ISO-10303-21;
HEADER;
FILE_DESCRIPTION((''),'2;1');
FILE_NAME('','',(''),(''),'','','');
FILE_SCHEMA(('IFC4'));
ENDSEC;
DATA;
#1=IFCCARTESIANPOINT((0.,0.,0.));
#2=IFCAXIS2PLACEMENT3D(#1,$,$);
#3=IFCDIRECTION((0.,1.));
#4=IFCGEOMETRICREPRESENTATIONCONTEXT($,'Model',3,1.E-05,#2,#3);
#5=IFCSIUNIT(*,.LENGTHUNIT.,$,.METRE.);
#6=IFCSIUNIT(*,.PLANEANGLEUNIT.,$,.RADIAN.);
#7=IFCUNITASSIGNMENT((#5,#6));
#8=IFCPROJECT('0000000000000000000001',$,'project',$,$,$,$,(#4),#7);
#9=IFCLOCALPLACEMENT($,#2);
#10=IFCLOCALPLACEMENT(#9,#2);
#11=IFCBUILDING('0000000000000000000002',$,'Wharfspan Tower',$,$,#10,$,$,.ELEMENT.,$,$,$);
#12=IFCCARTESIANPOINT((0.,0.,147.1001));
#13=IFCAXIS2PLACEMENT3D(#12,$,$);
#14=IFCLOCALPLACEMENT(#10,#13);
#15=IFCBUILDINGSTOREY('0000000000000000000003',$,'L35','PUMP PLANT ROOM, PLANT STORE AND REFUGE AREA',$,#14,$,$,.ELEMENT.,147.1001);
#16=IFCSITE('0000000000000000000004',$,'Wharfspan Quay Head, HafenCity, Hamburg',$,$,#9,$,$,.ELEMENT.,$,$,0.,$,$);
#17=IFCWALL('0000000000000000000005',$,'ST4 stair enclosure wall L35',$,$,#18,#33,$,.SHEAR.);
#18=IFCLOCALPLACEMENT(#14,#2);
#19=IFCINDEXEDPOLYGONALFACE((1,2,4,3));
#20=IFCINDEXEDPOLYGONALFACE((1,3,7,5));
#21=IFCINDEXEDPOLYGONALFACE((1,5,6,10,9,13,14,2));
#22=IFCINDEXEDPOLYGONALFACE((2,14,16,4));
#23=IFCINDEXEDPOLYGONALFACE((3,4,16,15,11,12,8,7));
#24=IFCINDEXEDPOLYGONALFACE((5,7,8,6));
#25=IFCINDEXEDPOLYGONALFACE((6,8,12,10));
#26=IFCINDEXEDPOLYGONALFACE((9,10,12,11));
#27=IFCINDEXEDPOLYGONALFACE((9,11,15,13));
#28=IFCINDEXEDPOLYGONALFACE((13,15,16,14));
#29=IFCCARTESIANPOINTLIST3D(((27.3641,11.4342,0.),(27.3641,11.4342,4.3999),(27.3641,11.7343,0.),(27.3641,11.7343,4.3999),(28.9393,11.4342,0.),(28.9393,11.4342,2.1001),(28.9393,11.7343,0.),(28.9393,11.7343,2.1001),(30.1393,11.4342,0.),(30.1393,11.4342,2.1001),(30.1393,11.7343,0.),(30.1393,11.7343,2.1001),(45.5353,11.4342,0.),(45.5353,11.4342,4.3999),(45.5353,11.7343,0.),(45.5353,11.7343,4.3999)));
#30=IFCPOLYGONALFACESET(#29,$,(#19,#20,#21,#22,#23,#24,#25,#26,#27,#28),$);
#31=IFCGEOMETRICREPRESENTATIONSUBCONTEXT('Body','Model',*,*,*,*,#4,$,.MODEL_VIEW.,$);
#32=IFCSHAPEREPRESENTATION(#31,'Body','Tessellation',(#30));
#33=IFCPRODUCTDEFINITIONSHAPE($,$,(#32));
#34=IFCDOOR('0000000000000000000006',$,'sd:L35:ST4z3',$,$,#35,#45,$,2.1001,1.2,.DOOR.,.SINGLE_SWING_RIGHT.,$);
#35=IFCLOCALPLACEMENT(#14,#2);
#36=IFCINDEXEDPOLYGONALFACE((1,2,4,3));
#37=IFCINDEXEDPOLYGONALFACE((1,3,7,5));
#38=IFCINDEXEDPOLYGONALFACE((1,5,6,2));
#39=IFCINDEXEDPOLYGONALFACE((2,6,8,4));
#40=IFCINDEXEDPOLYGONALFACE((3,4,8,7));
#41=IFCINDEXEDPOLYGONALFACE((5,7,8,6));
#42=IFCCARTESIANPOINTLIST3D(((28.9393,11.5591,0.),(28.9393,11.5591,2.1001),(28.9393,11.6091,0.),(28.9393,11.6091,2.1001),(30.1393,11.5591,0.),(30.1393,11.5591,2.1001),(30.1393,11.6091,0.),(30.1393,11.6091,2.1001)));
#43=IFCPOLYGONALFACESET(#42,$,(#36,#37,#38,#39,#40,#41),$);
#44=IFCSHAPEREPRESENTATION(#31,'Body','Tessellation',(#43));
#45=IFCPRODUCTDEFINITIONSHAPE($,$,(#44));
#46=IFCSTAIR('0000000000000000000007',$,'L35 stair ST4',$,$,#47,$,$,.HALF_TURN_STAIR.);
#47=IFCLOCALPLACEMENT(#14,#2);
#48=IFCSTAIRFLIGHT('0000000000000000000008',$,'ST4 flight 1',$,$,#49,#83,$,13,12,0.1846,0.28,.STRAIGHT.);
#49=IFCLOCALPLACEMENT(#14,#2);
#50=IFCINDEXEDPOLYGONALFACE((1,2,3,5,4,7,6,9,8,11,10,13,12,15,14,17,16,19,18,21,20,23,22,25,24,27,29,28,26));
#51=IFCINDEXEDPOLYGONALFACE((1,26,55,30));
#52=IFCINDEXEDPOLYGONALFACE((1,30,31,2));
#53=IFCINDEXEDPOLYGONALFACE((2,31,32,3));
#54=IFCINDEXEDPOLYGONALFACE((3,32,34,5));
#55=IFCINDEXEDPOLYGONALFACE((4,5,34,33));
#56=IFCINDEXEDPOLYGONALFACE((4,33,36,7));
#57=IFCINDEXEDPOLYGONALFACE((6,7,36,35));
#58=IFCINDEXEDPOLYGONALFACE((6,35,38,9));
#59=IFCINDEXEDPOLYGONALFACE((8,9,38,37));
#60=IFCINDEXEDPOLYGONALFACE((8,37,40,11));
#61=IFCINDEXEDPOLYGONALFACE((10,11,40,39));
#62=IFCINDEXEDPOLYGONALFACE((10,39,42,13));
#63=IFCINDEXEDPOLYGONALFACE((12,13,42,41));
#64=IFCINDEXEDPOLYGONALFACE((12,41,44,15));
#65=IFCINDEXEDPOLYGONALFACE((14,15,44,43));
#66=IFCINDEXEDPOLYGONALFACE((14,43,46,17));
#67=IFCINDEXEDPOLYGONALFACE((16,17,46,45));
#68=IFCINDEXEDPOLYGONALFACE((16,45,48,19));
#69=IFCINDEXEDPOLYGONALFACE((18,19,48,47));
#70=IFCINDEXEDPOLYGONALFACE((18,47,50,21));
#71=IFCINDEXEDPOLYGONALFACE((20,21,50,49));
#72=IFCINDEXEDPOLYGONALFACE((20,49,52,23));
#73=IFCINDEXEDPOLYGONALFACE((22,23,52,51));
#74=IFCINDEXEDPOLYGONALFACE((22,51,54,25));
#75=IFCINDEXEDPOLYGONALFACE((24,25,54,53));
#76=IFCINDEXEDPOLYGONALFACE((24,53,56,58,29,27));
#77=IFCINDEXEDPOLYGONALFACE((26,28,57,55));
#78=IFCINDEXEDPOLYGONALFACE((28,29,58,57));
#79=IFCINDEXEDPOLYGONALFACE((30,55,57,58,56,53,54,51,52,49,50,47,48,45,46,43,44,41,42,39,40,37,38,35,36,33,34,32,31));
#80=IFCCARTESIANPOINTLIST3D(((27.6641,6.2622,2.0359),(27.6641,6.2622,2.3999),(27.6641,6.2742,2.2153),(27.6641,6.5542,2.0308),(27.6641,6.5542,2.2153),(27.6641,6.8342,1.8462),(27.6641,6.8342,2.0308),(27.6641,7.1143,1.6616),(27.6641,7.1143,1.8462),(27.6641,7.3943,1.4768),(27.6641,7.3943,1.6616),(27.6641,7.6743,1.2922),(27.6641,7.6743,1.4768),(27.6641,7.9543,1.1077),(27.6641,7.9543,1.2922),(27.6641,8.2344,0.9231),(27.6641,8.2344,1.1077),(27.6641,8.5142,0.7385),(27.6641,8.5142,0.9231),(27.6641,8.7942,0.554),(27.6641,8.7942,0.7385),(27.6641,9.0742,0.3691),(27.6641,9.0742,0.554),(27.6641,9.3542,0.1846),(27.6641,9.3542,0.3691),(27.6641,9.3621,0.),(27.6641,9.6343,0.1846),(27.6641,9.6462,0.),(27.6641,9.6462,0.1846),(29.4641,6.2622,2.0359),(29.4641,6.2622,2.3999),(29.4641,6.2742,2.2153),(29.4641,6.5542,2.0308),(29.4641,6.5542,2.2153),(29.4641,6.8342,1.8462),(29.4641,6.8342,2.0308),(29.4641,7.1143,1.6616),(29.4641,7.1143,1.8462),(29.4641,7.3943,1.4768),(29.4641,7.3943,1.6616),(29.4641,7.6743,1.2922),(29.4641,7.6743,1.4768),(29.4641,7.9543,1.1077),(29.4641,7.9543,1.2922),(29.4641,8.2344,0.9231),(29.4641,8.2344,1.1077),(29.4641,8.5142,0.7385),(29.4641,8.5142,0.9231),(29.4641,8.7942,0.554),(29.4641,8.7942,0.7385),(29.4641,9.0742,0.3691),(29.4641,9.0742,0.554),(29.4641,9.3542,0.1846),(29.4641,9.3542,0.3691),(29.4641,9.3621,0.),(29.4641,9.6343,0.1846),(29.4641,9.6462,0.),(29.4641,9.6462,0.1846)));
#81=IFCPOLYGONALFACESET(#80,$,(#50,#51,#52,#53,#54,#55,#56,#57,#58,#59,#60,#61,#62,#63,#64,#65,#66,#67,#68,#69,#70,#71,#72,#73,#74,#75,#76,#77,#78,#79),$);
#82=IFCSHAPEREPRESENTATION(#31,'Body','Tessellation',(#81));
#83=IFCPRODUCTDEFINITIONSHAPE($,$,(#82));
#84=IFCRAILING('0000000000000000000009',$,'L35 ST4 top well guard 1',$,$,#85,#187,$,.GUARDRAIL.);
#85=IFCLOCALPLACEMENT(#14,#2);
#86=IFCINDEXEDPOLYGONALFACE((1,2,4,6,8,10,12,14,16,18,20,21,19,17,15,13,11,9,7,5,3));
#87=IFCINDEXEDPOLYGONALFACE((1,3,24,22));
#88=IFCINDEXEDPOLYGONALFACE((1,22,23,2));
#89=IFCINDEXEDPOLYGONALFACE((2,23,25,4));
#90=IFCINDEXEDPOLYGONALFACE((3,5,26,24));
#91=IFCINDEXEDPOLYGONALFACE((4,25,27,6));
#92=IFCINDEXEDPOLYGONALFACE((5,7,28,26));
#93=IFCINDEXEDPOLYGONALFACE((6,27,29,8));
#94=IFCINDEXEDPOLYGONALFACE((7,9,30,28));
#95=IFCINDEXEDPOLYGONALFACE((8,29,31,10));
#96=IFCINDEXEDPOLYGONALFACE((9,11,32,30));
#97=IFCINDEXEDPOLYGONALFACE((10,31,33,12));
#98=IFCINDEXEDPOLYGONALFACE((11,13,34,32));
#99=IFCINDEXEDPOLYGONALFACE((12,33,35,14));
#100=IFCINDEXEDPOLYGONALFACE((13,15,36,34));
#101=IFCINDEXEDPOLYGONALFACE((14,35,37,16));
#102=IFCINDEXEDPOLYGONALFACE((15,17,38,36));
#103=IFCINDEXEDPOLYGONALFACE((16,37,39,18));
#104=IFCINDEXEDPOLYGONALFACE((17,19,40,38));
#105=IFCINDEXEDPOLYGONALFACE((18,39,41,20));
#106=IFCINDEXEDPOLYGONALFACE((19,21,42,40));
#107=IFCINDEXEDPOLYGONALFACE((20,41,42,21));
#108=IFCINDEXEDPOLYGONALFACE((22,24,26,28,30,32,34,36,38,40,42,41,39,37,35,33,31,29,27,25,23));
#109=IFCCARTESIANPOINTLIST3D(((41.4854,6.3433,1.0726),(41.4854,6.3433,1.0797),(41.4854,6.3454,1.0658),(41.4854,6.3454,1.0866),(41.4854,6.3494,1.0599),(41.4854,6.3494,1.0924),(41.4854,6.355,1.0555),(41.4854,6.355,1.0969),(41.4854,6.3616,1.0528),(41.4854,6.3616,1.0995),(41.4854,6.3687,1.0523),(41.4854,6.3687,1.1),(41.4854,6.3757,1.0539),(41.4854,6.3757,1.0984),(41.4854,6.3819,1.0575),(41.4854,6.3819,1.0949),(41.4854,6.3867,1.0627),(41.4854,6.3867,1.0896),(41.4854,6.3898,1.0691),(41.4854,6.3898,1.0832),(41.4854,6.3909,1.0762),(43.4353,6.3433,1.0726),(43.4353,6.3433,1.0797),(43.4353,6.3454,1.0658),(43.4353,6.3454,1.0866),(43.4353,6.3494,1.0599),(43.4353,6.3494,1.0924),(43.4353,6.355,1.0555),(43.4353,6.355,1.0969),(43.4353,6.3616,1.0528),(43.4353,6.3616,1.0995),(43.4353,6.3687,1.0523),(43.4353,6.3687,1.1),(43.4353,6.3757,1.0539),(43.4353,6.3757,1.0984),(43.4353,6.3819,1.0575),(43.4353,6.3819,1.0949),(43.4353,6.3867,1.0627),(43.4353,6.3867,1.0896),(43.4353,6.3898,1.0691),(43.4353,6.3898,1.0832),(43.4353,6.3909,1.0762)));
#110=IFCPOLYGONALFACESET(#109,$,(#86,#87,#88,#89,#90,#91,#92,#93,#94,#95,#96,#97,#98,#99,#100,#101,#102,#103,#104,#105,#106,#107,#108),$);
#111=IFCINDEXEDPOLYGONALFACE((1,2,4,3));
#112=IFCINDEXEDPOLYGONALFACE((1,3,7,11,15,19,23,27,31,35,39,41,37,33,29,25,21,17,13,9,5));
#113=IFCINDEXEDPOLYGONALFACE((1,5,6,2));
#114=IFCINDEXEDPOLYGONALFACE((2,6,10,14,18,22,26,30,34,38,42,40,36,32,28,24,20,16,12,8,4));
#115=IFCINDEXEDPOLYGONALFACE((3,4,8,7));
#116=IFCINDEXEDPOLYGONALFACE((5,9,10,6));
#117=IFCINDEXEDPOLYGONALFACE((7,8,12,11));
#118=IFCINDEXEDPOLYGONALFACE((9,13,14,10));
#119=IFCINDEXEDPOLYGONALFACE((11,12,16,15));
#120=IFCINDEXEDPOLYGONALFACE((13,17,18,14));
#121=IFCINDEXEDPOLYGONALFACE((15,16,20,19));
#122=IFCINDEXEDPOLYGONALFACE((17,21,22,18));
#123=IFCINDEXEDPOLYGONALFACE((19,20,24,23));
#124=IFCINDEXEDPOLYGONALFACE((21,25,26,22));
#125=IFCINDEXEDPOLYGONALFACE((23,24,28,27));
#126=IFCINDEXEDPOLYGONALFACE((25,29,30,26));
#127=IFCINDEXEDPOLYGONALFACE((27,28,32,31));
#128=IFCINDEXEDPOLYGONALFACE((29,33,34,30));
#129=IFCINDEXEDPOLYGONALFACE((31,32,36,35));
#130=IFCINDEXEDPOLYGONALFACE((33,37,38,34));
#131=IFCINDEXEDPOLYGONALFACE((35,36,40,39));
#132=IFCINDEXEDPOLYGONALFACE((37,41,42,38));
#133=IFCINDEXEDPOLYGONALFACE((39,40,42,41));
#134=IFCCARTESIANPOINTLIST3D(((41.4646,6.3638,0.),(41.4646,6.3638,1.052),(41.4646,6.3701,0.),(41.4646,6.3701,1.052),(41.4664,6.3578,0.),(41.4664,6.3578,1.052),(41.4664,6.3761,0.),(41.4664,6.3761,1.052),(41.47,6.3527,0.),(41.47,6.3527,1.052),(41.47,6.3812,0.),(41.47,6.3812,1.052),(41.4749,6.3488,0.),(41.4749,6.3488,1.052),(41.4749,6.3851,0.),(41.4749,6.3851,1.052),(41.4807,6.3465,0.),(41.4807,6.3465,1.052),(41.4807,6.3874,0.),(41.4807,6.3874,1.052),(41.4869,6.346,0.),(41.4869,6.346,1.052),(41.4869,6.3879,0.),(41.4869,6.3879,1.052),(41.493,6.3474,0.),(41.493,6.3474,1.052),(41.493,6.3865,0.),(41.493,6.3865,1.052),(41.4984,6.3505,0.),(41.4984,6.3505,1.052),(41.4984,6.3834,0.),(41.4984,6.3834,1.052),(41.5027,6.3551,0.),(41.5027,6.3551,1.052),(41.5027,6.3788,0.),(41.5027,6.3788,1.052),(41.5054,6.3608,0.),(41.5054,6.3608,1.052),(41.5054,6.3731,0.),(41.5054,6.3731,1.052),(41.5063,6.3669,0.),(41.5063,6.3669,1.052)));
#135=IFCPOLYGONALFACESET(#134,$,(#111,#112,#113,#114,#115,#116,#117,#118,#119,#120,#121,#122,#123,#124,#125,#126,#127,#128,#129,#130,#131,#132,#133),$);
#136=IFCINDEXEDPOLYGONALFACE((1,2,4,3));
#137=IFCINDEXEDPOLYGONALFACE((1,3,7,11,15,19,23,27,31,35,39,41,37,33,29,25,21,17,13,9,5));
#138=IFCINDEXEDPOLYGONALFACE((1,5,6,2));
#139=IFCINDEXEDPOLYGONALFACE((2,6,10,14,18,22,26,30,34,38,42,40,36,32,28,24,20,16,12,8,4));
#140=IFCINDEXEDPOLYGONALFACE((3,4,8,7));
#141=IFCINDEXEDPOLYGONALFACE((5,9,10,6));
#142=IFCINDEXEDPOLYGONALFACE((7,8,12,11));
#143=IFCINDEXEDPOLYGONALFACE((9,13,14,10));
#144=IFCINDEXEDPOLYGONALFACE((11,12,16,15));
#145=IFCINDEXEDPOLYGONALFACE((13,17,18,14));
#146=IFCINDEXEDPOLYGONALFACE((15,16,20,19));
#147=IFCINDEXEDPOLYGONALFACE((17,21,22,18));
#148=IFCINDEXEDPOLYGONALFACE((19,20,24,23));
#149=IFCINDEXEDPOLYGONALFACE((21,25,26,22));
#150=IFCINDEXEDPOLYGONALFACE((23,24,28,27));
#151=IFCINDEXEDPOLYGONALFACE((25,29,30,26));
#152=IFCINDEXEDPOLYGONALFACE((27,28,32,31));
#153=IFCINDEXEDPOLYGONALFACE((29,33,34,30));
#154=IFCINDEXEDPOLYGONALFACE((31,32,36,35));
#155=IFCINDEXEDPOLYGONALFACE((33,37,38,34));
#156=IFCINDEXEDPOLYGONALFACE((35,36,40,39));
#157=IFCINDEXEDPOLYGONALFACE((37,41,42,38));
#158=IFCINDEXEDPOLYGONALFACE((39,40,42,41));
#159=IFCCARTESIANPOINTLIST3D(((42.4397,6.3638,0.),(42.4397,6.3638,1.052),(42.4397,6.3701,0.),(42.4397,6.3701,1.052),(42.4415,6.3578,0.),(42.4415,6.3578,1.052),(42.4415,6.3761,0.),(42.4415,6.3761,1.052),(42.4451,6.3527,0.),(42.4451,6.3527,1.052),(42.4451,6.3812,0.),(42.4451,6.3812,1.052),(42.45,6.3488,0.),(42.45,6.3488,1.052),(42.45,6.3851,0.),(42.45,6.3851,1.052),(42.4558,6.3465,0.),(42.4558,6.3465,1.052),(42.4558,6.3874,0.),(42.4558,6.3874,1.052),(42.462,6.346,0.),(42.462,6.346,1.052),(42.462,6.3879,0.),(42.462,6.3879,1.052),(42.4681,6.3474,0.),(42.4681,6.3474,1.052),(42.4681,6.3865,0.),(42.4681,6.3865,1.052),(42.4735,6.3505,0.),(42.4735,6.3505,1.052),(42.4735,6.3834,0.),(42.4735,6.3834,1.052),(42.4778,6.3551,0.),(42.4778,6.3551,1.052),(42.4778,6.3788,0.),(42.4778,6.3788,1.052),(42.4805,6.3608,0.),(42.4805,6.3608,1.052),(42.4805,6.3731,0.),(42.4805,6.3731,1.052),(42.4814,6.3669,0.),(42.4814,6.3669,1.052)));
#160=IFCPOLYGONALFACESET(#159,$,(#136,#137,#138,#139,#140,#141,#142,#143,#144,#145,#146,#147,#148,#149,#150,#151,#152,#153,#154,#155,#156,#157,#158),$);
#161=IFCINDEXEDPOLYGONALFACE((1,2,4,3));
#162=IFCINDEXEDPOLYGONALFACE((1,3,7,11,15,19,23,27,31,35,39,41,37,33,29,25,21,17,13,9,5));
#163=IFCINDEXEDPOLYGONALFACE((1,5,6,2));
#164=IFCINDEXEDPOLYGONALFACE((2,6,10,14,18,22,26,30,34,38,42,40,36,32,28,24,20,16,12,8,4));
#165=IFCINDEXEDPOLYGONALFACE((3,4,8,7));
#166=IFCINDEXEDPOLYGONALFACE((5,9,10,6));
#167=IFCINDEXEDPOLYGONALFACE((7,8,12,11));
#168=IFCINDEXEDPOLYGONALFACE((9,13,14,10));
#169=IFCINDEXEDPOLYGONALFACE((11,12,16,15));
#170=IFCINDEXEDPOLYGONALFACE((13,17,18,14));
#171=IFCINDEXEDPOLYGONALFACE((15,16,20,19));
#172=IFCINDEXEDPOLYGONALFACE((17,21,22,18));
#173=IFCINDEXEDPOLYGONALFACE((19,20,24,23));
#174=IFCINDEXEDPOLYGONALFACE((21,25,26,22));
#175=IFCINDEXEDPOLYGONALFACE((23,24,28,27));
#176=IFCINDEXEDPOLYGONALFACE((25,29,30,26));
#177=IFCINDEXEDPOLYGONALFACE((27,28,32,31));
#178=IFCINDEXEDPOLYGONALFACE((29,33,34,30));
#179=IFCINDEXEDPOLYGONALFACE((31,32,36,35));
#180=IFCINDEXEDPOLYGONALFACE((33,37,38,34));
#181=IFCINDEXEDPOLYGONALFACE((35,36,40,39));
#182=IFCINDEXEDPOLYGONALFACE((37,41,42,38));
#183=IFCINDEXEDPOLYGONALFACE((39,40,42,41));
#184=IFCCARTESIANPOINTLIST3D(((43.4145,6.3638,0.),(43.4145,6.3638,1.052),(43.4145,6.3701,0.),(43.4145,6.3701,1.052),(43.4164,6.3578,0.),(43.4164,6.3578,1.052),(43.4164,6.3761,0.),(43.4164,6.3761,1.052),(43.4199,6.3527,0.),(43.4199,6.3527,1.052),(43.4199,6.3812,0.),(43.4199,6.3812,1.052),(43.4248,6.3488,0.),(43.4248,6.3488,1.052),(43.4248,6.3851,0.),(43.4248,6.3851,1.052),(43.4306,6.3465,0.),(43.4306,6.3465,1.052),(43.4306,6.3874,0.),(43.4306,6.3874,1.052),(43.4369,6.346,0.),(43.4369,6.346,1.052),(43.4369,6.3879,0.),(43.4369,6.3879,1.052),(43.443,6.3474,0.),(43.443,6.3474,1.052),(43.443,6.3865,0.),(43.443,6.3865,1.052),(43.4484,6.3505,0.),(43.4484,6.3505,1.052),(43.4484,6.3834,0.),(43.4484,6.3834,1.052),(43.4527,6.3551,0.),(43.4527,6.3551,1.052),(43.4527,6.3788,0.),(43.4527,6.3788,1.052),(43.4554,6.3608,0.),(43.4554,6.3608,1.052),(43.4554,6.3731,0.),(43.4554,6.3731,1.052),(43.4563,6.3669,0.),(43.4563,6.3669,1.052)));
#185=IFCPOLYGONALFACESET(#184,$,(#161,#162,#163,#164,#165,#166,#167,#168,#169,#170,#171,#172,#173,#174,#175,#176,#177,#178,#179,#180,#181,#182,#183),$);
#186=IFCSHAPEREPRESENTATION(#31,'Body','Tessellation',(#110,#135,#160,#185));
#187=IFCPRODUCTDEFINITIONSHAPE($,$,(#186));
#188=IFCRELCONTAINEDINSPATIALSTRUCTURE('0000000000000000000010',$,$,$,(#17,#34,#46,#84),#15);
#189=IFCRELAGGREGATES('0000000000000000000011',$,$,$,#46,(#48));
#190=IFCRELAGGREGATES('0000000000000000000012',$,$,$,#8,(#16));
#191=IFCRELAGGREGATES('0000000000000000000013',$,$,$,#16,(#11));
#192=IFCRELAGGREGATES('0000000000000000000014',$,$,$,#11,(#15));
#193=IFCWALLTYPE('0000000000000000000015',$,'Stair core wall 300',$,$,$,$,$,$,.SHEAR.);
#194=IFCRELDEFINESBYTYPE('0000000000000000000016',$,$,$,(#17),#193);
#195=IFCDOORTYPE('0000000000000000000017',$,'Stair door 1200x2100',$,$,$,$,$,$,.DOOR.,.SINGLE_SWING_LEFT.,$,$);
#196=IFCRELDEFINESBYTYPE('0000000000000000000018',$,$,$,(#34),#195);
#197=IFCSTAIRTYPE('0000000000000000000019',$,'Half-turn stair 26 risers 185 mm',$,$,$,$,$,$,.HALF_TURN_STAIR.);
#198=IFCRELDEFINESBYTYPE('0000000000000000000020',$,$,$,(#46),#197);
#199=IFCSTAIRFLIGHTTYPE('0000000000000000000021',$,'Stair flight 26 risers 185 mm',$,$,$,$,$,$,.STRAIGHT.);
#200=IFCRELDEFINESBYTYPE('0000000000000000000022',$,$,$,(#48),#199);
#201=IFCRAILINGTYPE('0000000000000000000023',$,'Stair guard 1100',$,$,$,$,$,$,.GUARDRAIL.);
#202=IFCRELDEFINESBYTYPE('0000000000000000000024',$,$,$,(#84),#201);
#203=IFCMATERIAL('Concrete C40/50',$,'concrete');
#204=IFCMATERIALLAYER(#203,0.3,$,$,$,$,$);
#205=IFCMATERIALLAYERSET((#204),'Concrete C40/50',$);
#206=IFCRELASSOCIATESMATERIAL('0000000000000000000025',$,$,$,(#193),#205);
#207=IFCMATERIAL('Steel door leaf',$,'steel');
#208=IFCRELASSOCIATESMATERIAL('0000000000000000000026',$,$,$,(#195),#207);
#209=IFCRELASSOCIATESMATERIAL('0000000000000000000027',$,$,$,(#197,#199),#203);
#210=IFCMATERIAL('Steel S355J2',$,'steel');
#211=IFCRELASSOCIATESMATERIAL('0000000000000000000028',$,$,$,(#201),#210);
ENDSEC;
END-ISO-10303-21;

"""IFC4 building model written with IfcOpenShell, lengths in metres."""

from ifc_helpers import new_model, si_unit, direction, frame, frame_2d, origin, origin_2d, place, context, subcontext, project, spatial, polyline, rectangle, circle, outline, extrude, material, layer, layer_set, type_object, element, fill, aggregate, save


model = new_model("IFC4")

# Units and contexts
model_context = context("Model", 3, precision=1e-05, world=origin(), true_north=direction((0.0, 1.0)))
body_context = subcontext(model_context, "Body", "Model", "MODEL_VIEW")
ifc_project = project(units=[si_unit("LENGTHUNIT", "METRE"), si_unit("PLANEANGLEUNIT", "RADIAN")], contexts=[model_context])

# Site, building, storey
site_placement = place(None, origin())
site = spatial("IfcSite", under=ifc_project, at=site_placement, Name="Wharfspan Quay Head, HafenCity, Hamburg", CompositionType="ELEMENT", RefElevation=0.0)
building_placement = place(site_placement, origin())
building = spatial("IfcBuilding", under=site, at=building_placement, Name="Wharfspan Tower", CompositionType="ELEMENT")
storey_placement = place(building_placement, frame((0.0, 0.0, 147.1001)))
storey = spatial("IfcBuildingStorey", under=building, at=storey_placement, Name="L35", Description="PUMP PLANT ROOM, PLANT STORE AND REFUGE AREA", CompositionType="ELEMENT", Elevation=147.1001)

# Shared definitions
ifc_material_1 = material(Name="Steel S355J2", Category="steel")

# Wall, opening, door
ifc_material_2 = material(Name="Concrete C40/50", Category="concrete")
ifc_layer_1 = layer(ifc_material_2, 0.3)
ifc_layer_set_1 = layer_set([ifc_layer_1], Name="Concrete C40/50")
wall_type_1 = type_object("IfcWallType", Name="Stair core wall 300", PredefinedType="SHEAR", material=ifc_layer_set_1)
wall_1_placement = place(storey_placement, frame((27.3643, 11.5842, 0.0), z_axis=(0.0, 0.0, 1.0), x_axis=(1.0, 0.0, 0.0)))
wall_1 = element("IfcWall", 1, at=wall_1_placement, inside=storey, type_object=wall_type_1, Name="ST4 stair enclosure wall L35", PredefinedType="SHEAR", context=body_context, shape_type="SweptSolid", body=[
    extrude(rectangle(XDim=18.1711, YDim=0.3, at=frame_2d((9.0854, 0.0))), origin(), (0.0, 0.0, 1.0), 4.3999),
])
opening_1_placement = place(wall_1_placement, frame((1.575, 0.0, 0.0)))
opening_1 = element("IfcOpeningElement", 2, at=opening_1_placement, cuts=wall_1, PredefinedType="OPENING", context=body_context, shape_type="SweptSolid", body=[
    extrude(rectangle(XDim=1.2, YDim=2.1001, at=frame_2d((0.6001, 1.05))), frame((0.0, 0.1599, 0.0), z_axis=(0.0, -1.0, 0.0), x_axis=(1.0, 0.0, 0.0)), (0.0, 0.0, 1.0), 0.3201),
])
ifc_material_3 = material(Name="Steel door leaf", Category="steel")
door_type_1 = type_object("IfcDoorType", Name="Stair door 1200x2100", OperationType="SINGLE_SWING_LEFT", PredefinedType="DOOR", material=ifc_material_3)
door_1_placement = place(opening_1_placement, origin())
door_1 = element("IfcDoor", 3, at=door_1_placement, inside=storey, type_object=door_type_1, Name="sd:L35:ST4z3", OperationType="SINGLE_SWING_RIGHT", OverallHeight=2.1001, OverallWidth=1.2, PredefinedType="DOOR", context=body_context, shape_type="SweptSolid", body=[
    extrude(rectangle(XDim=1.2, YDim=2.1001, at=frame_2d((0.6001, 1.05))), frame((0.0, 0.0249, 0.0), z_axis=(0.0, -1.0, 0.0), x_axis=(1.0, 0.0, 0.0)), (0.0, 0.0, 1.0), 0.05),
])
fill(opening_1, door_1)

# Stair, stair flight
stair_type = type_object("IfcStairType", Name="Half-turn stair 26 risers 185 mm", PredefinedType="HALF_TURN_STAIR", material=ifc_material_2)
stair_placement = place(storey_placement, origin())
stair = element("IfcStair", 4, at=stair_placement, inside=storey, type_object=stair_type, Name="L35 stair ST4", PredefinedType="HALF_TURN_STAIR")
stair_flight_type = type_object("IfcStairFlightType", Name="Stair flight 26 risers 185 mm", PredefinedType="STRAIGHT", material=ifc_material_2)
stair_flight_placement = place(storey_placement, frame((28.5642, 9.6343, 0.0), z_axis=(0.0, 0.0, 1.0), x_axis=(0.0, -1.0, 0.0)))
stair_flight = element("IfcStairFlight", 5, at=stair_flight_placement, type_object=stair_flight_type, Name="ST4 flight 1", NumberOfRisers=13, NumberOfTreads=12, PredefinedType="STRAIGHT", RiserHeight=0.1846, TreadLength=0.28, context=body_context, shape_type="SweptSolid", body=[
    extrude(outline(polyline([(-0.012, 0.0), (-0.012, 0.1846), (0.0, 0.1846), (0.28, 0.1846), (0.28, 0.3691), (0.5601, 0.3691), (0.5601, 0.554), (0.8401, 0.554), (0.8401, 0.7385), (1.1201, 0.7385), (1.1201, 0.9231), (1.3999, 0.9231), (1.3999, 1.1077), (1.6799, 1.1077), (1.6799, 1.2922), (1.96, 1.2922), (1.96, 1.4768), (2.24, 1.4768), (2.24, 1.6616), (2.52, 1.6616), (2.52, 1.8462), (2.8, 1.8462), (2.8, 2.0308), (3.0801, 2.0308), (3.0801, 2.2153), (3.3601, 2.2153), (3.3721, 2.3999), (3.3721, 2.0359), (0.2722, 0.0), (-0.012, 0.0)])), frame((0.0, 0.8999, 0.0), z_axis=(0.0, -1.0, 0.0), x_axis=(1.0, 0.0, 0.0)), (0.0, 0.0, 1.0), 1.8),
])
aggregate(stair, [stair_flight])

# Railing
railing_type_1 = type_object("IfcRailingType", Name="Stair guard 1100", PredefinedType="GUARDRAIL", material=ifc_material_1)
railing_1_placement = place(storey_placement, frame((41.4854, 6.3669, 0.0)))
element("IfcRailing", 6, at=railing_1_placement, inside=storey, type_object=railing_type_1, Name="L35 ST4 top well guard 1", PredefinedType="GUARDRAIL", context=body_context, shape_type="SweptSolid", body=[
    extrude(circle(Radius=0.0239, at=origin_2d()), frame((0.0, 0.0, 1.0762), z_axis=(1.0, 0.0, 0.0), x_axis=(0.0, 1.0, 0.0)), (0.0, 0.0, 1.0), 1.95),
    extrude(circle(Radius=0.021, at=origin_2d()), origin(), (0.0, 0.0, 1.0), 1.052),
    extrude(circle(Radius=0.021, at=origin_2d()), frame((0.9751, 0.0, 0.0)), (0.0, 0.0, 1.0), 1.052),
    extrude(circle(Radius=0.021, at=origin_2d()), frame((1.95, 0.0, 0.0)), (0.0, 0.0, 1.0), 1.052),
])

save(model, "model.ifc")
